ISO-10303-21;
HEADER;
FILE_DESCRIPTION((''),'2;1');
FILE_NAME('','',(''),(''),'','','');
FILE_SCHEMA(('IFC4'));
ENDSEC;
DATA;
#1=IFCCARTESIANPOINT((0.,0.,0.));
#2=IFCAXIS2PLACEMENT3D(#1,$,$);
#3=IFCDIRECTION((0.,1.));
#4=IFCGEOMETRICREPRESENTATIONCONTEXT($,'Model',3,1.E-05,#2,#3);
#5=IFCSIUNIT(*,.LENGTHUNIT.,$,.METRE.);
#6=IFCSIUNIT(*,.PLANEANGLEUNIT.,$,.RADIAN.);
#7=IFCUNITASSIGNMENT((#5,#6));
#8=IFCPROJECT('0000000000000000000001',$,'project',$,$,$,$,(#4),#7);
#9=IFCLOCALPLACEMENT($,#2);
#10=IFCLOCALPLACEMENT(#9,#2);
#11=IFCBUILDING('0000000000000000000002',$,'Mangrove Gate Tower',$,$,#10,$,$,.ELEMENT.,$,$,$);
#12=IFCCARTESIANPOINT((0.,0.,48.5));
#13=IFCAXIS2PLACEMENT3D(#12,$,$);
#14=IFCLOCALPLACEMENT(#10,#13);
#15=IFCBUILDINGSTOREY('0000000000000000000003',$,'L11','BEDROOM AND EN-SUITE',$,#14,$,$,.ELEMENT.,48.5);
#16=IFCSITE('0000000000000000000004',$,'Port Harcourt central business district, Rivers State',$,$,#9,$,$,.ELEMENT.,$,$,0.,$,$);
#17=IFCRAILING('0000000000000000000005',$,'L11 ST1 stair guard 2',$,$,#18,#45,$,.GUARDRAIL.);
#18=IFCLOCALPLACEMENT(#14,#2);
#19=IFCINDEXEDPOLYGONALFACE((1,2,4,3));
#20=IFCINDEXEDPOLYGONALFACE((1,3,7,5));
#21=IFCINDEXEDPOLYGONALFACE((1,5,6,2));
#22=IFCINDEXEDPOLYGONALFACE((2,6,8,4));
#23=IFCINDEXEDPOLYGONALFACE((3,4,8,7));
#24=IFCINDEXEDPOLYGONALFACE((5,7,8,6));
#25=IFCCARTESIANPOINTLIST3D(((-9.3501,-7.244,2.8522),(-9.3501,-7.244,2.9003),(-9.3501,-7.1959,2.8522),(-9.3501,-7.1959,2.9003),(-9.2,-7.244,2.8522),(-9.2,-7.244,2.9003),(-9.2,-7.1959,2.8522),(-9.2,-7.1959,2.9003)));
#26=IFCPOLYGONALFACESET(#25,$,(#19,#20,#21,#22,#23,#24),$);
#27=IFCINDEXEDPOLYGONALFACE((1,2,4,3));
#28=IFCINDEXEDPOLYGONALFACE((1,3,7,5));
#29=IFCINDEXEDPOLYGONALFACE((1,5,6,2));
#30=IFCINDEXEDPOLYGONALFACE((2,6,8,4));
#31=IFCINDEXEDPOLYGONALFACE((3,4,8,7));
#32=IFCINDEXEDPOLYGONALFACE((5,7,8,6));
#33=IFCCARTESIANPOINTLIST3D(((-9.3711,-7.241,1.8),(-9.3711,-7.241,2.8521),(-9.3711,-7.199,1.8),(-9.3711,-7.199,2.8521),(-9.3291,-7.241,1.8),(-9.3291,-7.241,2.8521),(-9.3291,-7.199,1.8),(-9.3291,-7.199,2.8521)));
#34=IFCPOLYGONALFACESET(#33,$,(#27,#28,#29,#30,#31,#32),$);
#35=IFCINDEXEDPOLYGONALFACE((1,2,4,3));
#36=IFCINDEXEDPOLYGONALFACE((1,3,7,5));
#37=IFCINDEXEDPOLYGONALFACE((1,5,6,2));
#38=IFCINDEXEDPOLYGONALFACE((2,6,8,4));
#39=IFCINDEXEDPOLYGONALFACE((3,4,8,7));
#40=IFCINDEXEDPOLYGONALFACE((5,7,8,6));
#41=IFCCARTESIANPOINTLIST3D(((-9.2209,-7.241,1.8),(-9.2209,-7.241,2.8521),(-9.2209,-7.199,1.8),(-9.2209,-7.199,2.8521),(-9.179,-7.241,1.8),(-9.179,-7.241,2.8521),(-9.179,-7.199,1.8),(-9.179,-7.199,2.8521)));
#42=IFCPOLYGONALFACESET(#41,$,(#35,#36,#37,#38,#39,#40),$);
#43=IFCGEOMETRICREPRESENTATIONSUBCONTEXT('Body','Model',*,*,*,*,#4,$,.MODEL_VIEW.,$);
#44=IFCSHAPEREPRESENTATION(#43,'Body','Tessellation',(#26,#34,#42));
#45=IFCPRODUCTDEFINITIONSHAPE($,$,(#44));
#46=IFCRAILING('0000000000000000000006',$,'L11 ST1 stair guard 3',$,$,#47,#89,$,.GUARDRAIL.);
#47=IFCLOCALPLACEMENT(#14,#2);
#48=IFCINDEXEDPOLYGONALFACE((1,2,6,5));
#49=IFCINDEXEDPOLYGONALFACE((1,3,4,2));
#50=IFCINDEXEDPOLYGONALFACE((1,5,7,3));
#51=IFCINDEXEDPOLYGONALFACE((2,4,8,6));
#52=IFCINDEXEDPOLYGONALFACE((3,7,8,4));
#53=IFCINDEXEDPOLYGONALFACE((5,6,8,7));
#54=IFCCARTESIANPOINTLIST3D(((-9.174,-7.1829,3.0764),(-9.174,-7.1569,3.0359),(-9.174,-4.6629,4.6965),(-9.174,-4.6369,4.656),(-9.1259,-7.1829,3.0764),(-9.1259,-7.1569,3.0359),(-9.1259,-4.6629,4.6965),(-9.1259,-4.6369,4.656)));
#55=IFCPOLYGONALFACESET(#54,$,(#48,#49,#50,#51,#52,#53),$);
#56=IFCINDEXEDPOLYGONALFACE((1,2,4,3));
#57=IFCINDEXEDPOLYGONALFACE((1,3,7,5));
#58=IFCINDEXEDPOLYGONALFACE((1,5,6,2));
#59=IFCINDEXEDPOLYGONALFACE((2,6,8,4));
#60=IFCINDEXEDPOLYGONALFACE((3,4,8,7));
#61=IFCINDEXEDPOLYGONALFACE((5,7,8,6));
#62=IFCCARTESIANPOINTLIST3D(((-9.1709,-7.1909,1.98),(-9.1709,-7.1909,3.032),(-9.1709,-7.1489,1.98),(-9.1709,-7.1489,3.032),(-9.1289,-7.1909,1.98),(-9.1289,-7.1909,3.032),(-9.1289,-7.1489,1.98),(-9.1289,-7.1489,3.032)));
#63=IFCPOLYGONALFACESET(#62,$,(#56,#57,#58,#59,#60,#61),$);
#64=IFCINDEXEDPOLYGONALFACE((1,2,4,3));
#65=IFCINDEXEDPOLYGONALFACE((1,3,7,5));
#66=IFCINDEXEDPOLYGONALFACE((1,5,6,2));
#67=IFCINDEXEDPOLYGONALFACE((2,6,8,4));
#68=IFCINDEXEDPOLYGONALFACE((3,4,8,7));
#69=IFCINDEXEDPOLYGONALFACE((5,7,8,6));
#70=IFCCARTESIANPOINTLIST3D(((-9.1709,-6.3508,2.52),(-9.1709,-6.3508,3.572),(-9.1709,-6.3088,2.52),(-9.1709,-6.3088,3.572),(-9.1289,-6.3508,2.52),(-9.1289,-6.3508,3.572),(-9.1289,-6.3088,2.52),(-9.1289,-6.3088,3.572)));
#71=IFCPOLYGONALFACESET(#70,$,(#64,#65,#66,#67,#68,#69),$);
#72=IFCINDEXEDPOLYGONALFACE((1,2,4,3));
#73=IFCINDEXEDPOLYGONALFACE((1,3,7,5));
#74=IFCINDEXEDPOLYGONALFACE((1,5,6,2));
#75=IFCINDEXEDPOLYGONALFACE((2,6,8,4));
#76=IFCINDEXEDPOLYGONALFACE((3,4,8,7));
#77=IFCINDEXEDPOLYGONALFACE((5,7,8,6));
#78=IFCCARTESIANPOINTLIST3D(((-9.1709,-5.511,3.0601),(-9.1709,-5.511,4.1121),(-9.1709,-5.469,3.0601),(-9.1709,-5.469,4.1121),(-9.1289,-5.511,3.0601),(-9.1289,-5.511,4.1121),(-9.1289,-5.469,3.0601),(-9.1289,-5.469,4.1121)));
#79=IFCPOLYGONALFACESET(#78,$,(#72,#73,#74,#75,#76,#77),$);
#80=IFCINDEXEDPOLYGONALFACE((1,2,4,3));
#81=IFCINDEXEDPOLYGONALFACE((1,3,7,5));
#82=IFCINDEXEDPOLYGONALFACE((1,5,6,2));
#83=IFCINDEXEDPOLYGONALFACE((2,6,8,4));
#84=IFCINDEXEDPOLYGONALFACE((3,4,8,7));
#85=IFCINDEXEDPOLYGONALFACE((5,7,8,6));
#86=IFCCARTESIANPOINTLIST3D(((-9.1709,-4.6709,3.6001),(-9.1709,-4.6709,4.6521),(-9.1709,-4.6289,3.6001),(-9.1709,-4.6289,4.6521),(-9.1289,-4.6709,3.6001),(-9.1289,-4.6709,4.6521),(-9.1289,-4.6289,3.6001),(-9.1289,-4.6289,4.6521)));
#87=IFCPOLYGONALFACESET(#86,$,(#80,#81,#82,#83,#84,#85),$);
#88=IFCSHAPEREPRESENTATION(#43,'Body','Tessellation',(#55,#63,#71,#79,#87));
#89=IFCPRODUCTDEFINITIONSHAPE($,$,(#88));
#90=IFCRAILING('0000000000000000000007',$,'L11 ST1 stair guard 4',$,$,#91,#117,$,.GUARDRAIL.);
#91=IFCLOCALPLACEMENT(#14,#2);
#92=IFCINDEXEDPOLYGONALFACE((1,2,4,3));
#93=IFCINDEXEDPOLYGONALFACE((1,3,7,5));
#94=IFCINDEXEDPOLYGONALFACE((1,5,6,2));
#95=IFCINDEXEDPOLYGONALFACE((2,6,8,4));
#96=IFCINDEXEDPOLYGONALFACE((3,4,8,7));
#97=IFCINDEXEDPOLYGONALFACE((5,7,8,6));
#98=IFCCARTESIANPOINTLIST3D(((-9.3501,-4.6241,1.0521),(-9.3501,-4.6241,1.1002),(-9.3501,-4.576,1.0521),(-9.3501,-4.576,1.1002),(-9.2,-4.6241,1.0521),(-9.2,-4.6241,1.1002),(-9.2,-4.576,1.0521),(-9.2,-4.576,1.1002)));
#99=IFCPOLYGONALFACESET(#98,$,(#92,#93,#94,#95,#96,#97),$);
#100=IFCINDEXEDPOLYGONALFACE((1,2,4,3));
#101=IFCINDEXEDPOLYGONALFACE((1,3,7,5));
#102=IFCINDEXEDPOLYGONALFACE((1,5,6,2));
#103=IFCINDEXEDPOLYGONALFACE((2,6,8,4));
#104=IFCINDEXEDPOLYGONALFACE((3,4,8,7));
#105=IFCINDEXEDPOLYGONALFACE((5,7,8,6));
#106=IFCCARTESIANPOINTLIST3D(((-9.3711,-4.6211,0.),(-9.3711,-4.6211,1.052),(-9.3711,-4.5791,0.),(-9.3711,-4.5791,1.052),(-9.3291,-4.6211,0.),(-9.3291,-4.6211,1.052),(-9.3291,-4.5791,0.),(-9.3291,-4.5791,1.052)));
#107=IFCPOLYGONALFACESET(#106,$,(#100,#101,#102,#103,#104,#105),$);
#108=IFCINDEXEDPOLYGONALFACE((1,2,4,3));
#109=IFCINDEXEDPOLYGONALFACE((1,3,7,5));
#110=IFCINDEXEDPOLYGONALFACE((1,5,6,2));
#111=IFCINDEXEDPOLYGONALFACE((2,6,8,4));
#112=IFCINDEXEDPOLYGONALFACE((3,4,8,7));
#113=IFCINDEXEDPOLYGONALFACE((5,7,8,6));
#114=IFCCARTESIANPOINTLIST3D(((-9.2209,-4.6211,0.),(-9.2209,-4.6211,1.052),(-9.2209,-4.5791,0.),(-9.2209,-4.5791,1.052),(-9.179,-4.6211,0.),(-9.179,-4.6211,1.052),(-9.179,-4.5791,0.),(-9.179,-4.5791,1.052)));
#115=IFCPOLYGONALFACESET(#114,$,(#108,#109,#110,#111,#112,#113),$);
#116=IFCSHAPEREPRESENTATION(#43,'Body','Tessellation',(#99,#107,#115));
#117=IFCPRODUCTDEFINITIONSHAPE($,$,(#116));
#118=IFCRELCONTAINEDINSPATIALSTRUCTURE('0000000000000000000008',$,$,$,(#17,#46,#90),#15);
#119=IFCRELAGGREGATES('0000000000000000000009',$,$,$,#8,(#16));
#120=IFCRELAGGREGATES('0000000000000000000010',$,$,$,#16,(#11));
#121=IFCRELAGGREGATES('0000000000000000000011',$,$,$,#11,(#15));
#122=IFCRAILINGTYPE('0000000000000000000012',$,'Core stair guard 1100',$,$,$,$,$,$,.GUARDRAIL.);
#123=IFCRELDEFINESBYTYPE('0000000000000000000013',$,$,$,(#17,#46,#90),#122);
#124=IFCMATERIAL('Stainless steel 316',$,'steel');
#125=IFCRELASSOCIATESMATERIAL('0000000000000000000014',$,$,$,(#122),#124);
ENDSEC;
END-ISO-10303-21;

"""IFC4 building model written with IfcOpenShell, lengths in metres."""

from ifc_helpers import new_model, si_unit, direction, frame, origin, origin_2d, place, context, subcontext, project, spatial, rectangle, extrude, material, type_object, element, save


model = new_model("IFC4")

# Units and contexts
model_context = context("Model", 3, precision=1e-05, world=origin(), true_north=direction((0.0, 1.0)))
body_context = subcontext(model_context, "Body", "Model", "MODEL_VIEW")
ifc_project = project(units=[si_unit("LENGTHUNIT", "METRE"), si_unit("PLANEANGLEUNIT", "RADIAN")], contexts=[model_context])

# Site, building, storey
site_placement = place(None, origin())
site = spatial("IfcSite", under=ifc_project, at=site_placement, Name="Port Harcourt central business district, Rivers State", CompositionType="ELEMENT", RefElevation=0.0)
building_placement = place(site_placement, origin())
building = spatial("IfcBuilding", under=site, at=building_placement, Name="Mangrove Gate Tower", CompositionType="ELEMENT")
storey_placement = place(building_placement, frame((0.0, 0.0, 48.5)))
storey = spatial("IfcBuildingStorey", under=building, at=storey_placement, Name="L11", Description="BEDROOM AND EN-SUITE", CompositionType="ELEMENT", Elevation=48.5)

# Railings
ifc_material_1 = material(Name="Stainless steel 316", Category="steel")
railing_type_1 = type_object("IfcRailingType", Name="Core stair guard 1100", PredefinedType="GUARDRAIL", material=ifc_material_1)
railing_1_placement = place(storey_placement, frame((-9.3501, -7.22, 1.8)))
element("IfcRailing", 1, at=railing_1_placement, inside=storey, type_object=railing_type_1, Name="L11 ST1 stair guard 2", PredefinedType="GUARDRAIL", context=body_context, shape_type="SweptSolid", body=[
    extrude(rectangle(XDim=0.0481, YDim=0.0481, at=origin_2d()), frame((0.0, 0.0, 1.0762), z_axis=(1.0, 0.0, 0.0), x_axis=(0.0, 1.0, 0.0)), (0.0, 0.0, 1.0), 0.1501),
    extrude(rectangle(XDim=0.042, YDim=0.042, at=origin_2d()), origin(), (0.0, 0.0, 1.0), 1.052),
    extrude(rectangle(XDim=0.042, YDim=0.042, at=origin_2d()), frame((0.1501, 0.0, 0.0)), (0.0, 0.0, 1.0), 1.052),
])
railing_2_placement = place(storey_placement, frame((-9.1499, -7.1699, 1.98)))
element("IfcRailing", 2, at=railing_2_placement, inside=storey, type_object=railing_type_1, Name="L11 ST1 stair guard 3", PredefinedType="GUARDRAIL", context=body_context, shape_type="SweptSolid", body=[
    extrude(rectangle(XDim=0.0481, YDim=0.0481, at=origin_2d()), frame((0.0, 0.0, 1.0762), z_axis=(0.0, 0.841163, 0.540782), x_axis=(-1.0, 0.0, 0.0)), (0.0, 0.0, 1.0), 2.9958),
    extrude(rectangle(XDim=0.042, YDim=0.042, at=origin_2d()), origin(), (0.0, 0.0, 1.0), 1.052),
    extrude(rectangle(XDim=0.042, YDim=0.042, at=origin_2d()), frame((0.0, 0.8401, 0.54)), (0.0, 0.0, 1.0), 1.052),
    extrude(rectangle(XDim=0.042, YDim=0.042, at=origin_2d()), frame((0.0, 1.6799, 1.0801)), (0.0, 0.0, 1.0), 1.052),
    extrude(rectangle(XDim=0.042, YDim=0.042, at=origin_2d()), frame((0.0, 2.52, 1.6201)), (0.0, 0.0, 1.0), 1.052),
])
railing_3_placement = place(storey_placement, frame((-9.3501, -4.6001, 0.0)))
element("IfcRailing", 3, at=railing_3_placement, inside=storey, type_object=railing_type_1, Name="L11 ST1 stair guard 4", PredefinedType="GUARDRAIL", context=body_context, shape_type="SweptSolid", body=[
    extrude(rectangle(XDim=0.0481, YDim=0.0481, at=origin_2d()), frame((0.0, 0.0, 1.0762), z_axis=(1.0, 0.0, 0.0), x_axis=(0.0, 1.0, 0.0)), (0.0, 0.0, 1.0), 0.1501),
    extrude(rectangle(XDim=0.042, YDim=0.042, at=origin_2d()), origin(), (0.0, 0.0, 1.0), 1.052),
    extrude(rectangle(XDim=0.042, YDim=0.042, at=origin_2d()), frame((0.1501, 0.0, 0.0)), (0.0, 0.0, 1.0), 1.052),
])

save(model, "model.ifc")
